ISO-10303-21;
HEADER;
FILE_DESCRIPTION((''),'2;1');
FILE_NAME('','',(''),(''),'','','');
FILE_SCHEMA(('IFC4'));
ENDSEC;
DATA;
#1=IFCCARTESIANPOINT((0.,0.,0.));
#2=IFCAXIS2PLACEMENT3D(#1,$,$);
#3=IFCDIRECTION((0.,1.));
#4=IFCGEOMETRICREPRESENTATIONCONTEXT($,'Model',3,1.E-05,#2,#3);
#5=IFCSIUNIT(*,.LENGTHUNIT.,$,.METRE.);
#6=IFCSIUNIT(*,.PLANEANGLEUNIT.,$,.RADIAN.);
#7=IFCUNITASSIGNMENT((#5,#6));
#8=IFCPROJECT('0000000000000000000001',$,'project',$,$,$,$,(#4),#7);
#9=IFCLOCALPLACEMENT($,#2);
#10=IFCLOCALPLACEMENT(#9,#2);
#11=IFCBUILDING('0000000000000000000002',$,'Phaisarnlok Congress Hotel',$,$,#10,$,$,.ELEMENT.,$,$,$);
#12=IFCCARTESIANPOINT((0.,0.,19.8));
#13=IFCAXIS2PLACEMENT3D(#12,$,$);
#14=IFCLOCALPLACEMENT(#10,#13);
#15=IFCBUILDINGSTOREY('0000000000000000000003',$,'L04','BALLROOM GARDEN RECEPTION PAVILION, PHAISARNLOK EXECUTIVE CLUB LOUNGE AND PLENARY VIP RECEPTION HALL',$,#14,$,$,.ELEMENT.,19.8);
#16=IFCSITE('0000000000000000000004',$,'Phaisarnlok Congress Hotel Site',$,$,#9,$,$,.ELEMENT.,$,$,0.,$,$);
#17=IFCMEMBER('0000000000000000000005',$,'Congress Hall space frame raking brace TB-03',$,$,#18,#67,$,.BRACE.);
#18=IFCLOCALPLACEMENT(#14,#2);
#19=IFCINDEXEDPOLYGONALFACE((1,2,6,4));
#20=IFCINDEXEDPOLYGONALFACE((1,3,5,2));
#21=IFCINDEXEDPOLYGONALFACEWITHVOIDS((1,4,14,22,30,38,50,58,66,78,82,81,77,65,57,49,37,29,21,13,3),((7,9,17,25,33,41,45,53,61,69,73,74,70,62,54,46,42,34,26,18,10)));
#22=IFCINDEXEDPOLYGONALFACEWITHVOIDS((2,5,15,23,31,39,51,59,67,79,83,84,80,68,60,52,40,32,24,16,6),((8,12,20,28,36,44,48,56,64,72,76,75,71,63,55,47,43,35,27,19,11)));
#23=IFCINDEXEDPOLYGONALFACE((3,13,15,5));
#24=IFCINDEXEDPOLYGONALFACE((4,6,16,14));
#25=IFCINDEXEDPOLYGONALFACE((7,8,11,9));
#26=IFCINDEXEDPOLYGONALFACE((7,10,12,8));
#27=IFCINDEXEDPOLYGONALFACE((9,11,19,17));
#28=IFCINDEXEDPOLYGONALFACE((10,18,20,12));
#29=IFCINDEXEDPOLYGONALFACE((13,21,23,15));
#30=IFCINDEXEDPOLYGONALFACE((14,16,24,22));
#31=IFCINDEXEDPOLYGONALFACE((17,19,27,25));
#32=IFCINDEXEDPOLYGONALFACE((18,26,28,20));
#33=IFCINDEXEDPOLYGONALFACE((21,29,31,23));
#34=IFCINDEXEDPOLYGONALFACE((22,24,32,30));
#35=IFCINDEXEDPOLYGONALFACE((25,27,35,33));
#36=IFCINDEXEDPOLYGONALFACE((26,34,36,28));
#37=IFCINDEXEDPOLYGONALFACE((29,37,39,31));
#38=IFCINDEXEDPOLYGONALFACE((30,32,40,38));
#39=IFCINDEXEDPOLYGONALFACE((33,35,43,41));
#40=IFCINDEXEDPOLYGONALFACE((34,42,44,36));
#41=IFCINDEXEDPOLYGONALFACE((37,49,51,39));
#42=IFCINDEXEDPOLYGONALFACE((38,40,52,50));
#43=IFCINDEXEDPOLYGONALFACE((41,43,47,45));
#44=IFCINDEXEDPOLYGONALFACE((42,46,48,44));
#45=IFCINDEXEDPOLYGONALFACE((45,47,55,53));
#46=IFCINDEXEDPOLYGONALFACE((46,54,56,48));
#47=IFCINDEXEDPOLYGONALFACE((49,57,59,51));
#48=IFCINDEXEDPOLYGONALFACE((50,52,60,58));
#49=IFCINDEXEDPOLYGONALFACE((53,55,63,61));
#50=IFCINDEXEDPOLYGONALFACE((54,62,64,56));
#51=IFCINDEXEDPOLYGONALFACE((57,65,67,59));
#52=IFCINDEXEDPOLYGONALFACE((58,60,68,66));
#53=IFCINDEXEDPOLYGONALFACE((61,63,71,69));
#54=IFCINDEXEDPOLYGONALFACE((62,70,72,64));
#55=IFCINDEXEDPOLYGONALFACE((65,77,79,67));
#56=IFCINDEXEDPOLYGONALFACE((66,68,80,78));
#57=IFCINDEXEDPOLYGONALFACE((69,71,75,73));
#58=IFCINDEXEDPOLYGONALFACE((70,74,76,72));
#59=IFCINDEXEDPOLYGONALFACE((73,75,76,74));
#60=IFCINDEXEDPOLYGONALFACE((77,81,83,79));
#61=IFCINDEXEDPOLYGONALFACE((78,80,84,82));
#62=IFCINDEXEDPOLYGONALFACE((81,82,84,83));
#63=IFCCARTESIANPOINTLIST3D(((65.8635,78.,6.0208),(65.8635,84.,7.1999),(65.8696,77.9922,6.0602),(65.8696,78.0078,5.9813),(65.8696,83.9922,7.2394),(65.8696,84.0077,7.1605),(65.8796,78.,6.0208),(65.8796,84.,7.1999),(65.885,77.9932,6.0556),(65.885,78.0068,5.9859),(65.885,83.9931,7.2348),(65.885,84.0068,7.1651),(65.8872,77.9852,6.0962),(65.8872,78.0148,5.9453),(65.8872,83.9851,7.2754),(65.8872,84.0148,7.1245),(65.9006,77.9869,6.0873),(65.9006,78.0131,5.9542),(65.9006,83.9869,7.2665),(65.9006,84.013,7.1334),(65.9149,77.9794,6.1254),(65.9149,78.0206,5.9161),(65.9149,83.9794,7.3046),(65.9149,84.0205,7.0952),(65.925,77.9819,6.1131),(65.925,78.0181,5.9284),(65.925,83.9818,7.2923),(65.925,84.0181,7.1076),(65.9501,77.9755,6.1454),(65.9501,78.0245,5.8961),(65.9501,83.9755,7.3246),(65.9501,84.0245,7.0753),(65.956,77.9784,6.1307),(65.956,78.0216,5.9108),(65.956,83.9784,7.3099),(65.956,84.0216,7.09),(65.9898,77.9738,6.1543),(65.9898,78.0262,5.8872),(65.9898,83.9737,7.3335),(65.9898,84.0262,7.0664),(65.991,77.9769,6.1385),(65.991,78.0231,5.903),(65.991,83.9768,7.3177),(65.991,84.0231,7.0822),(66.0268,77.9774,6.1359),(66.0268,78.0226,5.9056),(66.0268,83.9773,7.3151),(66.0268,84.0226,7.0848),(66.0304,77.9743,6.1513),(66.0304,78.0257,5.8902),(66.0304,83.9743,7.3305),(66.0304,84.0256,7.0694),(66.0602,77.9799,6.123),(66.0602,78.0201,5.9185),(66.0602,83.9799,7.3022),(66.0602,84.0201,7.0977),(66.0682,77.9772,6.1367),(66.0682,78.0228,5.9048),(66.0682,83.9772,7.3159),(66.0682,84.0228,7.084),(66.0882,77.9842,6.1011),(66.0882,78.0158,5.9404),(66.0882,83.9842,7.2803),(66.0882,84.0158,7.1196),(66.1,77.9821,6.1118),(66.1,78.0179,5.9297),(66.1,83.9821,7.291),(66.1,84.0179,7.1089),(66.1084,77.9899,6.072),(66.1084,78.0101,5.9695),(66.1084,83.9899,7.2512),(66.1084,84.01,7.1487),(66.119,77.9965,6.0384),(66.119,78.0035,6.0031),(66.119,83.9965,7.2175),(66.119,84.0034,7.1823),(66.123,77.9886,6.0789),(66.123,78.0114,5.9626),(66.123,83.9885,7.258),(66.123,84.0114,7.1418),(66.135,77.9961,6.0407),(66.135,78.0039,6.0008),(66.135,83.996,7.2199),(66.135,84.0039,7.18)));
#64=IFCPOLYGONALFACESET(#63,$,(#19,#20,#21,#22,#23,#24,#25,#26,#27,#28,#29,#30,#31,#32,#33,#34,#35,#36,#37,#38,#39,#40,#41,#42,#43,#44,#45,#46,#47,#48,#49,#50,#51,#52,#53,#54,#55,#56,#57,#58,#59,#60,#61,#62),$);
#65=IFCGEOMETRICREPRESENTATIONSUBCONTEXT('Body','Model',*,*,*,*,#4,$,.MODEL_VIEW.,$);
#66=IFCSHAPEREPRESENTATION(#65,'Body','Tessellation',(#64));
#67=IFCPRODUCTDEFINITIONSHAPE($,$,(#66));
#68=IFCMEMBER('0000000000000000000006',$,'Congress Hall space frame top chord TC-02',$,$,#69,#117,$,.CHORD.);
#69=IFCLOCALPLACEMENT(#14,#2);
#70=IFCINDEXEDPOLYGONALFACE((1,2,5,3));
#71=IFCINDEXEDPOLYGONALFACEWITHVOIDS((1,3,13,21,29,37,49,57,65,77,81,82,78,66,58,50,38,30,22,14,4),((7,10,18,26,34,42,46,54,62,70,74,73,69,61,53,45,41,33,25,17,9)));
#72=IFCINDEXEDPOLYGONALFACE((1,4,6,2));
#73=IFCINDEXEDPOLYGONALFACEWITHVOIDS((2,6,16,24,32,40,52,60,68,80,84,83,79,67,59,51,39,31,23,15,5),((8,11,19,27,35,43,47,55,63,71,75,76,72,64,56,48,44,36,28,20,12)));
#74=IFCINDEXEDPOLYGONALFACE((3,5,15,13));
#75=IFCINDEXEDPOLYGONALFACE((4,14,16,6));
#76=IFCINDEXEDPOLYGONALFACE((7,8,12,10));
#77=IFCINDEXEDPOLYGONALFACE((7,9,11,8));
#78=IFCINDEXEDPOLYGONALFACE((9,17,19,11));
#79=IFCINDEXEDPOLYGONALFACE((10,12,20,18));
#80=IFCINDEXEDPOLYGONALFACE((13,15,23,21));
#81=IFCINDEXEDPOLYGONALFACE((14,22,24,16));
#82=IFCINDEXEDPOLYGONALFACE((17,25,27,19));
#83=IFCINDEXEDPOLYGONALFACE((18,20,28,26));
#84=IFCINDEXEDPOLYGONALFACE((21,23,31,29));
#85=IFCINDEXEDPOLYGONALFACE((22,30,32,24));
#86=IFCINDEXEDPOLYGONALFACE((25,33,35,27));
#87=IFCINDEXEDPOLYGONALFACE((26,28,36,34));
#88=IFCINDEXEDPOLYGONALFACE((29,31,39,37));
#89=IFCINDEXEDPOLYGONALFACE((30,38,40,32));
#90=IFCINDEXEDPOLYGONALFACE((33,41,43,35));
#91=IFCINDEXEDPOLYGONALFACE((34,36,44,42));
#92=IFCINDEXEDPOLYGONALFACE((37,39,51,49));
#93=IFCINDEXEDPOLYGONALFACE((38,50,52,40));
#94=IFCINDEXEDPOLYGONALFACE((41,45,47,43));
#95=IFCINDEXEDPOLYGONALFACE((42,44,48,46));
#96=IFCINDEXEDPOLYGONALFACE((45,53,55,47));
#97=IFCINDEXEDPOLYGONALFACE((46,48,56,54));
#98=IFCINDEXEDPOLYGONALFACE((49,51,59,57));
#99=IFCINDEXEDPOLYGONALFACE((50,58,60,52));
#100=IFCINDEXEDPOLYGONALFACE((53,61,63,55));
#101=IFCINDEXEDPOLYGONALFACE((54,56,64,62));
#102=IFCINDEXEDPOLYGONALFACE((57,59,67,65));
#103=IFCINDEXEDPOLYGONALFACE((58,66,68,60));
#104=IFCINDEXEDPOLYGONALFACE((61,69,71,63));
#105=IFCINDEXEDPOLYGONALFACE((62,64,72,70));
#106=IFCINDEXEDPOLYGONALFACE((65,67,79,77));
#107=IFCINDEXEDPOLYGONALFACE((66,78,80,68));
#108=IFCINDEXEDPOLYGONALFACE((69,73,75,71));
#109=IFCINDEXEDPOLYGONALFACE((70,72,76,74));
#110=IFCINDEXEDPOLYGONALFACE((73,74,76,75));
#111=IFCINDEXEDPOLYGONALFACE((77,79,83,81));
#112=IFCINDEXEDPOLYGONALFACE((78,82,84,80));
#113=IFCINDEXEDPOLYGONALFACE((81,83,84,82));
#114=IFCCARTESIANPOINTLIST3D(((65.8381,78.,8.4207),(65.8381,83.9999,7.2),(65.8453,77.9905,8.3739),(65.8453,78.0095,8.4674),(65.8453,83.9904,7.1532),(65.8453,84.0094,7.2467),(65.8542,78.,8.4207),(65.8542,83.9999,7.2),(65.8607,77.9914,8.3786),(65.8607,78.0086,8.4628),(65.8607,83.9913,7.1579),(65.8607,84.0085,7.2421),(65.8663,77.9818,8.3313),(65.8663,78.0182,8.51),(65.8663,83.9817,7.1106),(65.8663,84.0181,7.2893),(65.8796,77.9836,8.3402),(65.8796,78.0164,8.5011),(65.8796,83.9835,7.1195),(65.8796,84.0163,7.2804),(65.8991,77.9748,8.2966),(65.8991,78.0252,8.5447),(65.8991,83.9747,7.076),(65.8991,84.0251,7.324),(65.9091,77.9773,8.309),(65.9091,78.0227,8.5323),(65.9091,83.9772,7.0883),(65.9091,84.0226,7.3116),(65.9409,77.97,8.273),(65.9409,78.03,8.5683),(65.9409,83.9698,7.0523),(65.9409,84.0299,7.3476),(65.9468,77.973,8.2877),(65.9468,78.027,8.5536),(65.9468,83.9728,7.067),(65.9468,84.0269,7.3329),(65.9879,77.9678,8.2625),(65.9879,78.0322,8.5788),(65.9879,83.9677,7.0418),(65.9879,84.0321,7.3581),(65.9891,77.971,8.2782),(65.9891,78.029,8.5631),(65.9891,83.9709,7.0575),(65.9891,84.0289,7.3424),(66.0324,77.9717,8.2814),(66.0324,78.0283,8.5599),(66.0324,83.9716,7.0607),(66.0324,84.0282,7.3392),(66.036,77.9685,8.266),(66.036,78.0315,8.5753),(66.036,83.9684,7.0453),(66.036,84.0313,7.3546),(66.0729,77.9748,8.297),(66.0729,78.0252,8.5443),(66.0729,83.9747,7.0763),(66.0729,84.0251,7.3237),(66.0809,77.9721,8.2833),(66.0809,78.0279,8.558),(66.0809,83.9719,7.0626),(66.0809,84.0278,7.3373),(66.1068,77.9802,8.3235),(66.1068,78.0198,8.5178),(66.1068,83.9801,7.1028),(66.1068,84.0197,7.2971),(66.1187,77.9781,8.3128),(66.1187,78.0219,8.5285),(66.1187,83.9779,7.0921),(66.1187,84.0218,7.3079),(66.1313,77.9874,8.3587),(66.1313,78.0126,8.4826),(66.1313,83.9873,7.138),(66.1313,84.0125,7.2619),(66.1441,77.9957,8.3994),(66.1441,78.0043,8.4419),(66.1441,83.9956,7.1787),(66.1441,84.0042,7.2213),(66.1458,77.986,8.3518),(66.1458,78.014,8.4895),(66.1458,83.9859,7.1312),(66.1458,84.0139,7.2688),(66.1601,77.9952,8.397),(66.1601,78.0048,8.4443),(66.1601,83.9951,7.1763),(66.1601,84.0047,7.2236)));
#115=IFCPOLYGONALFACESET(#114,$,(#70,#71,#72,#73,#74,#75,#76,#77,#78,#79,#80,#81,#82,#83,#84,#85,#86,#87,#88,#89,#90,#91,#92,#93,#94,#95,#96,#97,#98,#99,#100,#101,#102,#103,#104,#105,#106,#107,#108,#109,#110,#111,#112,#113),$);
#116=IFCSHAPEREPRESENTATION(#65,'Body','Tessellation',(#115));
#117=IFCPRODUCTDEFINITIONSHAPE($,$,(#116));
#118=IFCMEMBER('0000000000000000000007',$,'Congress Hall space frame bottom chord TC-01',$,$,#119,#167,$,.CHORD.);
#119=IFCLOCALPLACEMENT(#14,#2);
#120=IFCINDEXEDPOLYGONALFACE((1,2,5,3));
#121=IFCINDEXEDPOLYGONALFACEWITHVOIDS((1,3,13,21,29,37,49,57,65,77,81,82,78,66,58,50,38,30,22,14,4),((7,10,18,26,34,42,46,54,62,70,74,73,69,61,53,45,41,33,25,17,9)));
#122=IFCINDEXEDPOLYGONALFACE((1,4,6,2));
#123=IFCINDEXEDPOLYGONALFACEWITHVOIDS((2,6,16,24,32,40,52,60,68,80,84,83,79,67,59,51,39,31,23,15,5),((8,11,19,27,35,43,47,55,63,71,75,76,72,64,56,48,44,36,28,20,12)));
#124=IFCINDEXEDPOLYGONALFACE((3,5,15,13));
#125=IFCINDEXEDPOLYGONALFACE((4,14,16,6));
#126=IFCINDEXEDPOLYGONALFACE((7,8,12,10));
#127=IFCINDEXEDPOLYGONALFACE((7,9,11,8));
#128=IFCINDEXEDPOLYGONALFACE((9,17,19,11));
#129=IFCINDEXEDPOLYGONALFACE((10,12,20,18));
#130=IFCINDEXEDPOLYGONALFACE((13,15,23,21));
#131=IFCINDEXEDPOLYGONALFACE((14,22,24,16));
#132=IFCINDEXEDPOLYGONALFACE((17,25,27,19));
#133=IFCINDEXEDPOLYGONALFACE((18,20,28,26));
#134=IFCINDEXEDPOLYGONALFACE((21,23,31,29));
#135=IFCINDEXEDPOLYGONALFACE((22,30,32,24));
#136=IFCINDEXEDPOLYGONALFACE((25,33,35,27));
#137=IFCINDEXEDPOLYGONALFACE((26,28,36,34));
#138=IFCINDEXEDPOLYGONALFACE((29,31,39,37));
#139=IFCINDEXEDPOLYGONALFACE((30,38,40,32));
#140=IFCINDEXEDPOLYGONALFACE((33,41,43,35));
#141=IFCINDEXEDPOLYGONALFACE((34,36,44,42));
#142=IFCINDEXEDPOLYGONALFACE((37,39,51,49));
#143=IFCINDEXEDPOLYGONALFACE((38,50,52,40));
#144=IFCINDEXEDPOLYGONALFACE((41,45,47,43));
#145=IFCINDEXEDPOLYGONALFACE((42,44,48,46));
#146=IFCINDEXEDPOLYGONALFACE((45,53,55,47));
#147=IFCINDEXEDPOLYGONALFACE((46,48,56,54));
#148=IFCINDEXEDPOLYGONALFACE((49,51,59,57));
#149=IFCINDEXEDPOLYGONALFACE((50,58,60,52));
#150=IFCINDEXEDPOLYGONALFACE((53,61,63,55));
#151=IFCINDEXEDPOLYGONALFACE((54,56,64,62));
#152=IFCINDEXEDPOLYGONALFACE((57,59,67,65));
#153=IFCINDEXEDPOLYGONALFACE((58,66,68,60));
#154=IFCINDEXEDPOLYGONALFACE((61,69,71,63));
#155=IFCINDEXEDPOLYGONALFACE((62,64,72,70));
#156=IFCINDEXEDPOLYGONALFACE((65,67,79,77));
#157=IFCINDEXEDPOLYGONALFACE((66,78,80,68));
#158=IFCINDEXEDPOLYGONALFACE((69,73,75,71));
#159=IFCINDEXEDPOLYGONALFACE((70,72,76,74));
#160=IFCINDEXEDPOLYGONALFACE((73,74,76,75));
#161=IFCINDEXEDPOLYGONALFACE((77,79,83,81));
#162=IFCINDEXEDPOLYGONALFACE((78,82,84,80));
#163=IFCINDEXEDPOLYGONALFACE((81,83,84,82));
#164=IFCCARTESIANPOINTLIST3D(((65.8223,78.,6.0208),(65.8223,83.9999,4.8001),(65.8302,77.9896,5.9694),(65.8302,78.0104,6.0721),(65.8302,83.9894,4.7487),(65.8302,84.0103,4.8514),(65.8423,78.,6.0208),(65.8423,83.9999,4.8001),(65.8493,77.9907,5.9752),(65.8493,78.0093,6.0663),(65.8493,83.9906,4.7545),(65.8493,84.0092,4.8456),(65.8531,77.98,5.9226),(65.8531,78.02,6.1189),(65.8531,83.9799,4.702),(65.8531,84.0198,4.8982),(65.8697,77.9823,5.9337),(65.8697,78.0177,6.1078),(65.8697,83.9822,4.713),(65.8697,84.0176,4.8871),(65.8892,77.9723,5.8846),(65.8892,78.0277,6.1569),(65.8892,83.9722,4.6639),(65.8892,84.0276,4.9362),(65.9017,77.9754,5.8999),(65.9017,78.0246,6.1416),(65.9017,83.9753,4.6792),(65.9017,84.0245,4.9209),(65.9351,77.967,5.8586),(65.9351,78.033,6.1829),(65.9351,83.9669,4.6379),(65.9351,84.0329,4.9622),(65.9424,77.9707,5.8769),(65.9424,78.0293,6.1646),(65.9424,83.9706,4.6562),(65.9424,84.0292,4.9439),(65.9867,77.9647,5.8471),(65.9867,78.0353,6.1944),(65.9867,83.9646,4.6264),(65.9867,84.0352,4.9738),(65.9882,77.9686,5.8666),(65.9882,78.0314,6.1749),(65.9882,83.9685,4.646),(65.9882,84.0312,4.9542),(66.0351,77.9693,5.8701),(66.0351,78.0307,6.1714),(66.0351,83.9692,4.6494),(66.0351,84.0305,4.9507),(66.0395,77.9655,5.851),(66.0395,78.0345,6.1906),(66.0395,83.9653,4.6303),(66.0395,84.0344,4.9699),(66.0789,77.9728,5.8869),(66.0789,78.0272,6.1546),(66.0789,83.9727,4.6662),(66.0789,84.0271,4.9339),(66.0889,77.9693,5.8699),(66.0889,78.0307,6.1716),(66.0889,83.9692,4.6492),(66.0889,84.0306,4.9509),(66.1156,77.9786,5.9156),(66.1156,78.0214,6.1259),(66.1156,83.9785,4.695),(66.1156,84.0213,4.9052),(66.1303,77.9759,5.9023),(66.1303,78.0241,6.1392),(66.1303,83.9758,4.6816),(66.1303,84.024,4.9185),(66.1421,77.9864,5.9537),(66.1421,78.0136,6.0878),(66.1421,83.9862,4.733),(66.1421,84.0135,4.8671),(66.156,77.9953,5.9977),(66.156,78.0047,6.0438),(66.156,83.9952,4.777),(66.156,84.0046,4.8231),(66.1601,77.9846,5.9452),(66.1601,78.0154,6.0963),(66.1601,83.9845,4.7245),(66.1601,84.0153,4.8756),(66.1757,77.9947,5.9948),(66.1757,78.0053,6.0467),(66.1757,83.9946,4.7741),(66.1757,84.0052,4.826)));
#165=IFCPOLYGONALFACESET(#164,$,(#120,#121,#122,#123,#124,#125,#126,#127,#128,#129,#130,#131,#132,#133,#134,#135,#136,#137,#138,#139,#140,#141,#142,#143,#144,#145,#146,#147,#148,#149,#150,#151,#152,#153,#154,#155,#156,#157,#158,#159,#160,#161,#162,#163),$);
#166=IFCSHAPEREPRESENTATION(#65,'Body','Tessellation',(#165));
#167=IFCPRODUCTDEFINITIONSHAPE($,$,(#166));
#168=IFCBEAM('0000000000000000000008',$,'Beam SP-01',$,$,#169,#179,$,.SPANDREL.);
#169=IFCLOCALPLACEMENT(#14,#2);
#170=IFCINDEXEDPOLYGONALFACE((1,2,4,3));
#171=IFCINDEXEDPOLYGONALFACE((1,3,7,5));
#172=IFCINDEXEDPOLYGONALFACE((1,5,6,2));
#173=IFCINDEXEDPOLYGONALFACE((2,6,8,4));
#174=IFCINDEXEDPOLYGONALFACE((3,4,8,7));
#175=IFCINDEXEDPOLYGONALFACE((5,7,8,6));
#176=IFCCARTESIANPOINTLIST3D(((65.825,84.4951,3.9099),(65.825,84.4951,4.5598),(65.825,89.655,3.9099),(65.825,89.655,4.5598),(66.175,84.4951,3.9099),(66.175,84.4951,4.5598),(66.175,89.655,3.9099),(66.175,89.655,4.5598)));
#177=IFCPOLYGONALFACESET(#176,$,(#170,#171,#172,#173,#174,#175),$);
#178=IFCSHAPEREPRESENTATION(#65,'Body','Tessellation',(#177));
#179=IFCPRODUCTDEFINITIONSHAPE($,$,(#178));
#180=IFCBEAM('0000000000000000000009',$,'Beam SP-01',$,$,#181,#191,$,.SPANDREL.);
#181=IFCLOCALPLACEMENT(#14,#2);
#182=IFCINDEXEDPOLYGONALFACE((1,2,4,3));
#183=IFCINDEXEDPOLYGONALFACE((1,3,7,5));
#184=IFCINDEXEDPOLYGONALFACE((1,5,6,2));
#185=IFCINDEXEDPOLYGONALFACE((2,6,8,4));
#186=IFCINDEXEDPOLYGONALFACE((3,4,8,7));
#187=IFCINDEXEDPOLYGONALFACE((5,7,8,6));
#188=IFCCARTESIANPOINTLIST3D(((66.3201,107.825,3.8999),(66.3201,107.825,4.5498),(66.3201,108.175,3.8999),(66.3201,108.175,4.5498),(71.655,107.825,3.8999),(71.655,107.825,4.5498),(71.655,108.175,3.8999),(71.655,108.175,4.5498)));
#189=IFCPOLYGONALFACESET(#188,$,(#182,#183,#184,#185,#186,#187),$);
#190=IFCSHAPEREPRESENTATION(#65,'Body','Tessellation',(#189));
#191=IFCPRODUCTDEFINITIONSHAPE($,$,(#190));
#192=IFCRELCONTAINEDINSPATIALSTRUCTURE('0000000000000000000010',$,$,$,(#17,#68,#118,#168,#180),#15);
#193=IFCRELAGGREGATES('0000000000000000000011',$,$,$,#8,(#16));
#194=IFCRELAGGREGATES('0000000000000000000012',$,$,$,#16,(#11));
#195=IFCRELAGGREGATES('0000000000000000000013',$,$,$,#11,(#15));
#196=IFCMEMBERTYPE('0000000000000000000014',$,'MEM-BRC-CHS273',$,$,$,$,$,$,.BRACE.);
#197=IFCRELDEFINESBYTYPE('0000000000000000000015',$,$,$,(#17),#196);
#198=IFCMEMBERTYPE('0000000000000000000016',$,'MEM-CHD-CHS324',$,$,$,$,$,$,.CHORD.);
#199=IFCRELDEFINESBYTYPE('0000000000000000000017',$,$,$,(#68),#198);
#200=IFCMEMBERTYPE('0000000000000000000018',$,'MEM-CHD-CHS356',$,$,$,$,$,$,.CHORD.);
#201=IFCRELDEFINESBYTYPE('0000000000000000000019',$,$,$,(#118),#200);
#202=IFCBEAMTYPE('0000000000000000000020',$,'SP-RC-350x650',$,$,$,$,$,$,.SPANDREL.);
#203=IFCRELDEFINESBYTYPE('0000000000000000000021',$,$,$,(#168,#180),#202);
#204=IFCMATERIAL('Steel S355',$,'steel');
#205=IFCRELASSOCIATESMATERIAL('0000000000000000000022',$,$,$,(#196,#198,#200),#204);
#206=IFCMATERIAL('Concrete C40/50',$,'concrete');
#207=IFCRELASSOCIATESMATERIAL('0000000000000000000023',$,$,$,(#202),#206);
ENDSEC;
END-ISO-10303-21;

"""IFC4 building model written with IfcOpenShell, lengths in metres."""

from ifc_helpers import new_model, si_unit, direction, frame, origin, origin_2d, place, context, subcontext, project, spatial, rectangle, hollow_circle, extrude, material, material_profile, profile_set, type_object, element, save


model = new_model("IFC4")

# Units and contexts
model_context = context("Model", 3, precision=1e-05, world=origin(), true_north=direction((0.0, 1.0)))
body_context = subcontext(model_context, "Body", "Model", "MODEL_VIEW")
ifc_project = project(units=[si_unit("LENGTHUNIT", "METRE"), si_unit("PLANEANGLEUNIT", "RADIAN")], contexts=[model_context])

# Site, building, storey
site_placement = place(None, origin())
site = spatial("IfcSite", under=ifc_project, at=site_placement, Name="Phaisarnlok Congress Hotel Site", CompositionType="ELEMENT", RefElevation=0.0)
building_placement = place(site_placement, origin())
building = spatial("IfcBuilding", under=site, at=building_placement, Name="Phaisarnlok Congress Hotel", CompositionType="ELEMENT")
storey_placement = place(building_placement, frame((0.0, 0.0, 19.8)))
storey = spatial("IfcBuildingStorey", under=building, at=storey_placement, Name="L04", Description="BALLROOM GARDEN RECEPTION PAVILION, PHAISARNLOK EXECUTIVE CLUB LOUNGE AND PLENARY VIP RECEPTION HALL", CompositionType="ELEMENT", Elevation=19.8)

# Members
ifc_material_1 = material(Name="Steel S355", Category="steel")
ifc_material_profile_1 = material_profile(ifc_material_1, hollow_circle(Radius=0.1365, WallThickness=0.0161, at=origin_2d()), Name="CHS 273x16")
ifc_profile_set_1 = profile_set([ifc_material_profile_1], Name="Steel S355")
member_type_1 = type_object("IfcMemberType", Name="MEM-BRC-CHS273", PredefinedType="BRACE", material=ifc_profile_set_1)
member_1_placement = place(storey_placement, frame((66.0, 78.0, 6.0208), z_axis=(0.0, 0.981229, 0.192844), x_axis=(-1.0, 0.0, 0.0)))
element("IfcMember", 1, at=member_1_placement, inside=storey, type_object=member_type_1, Name="Congress Hall space frame raking brace TB-03", PredefinedType="BRACE", context=body_context, shape_type="SweptSolid", body=[
    extrude(hollow_circle(Radius=0.1365, WallThickness=0.0161, at=origin_2d()), origin(), (0.0, 0.0, 1.0), 6.1147),
])
ifc_material_profile_2 = material_profile(ifc_material_1, hollow_circle(Radius=0.1619, WallThickness=0.0161, at=origin_2d()), Name="CHS 323.9x16")
ifc_profile_set_2 = profile_set([ifc_material_profile_2], Name="Steel S355")
member_type_2 = type_object("IfcMemberType", Name="MEM-CHD-CHS324", PredefinedType="CHORD", material=ifc_profile_set_2)
member_2_placement = place(storey_placement, frame((66.0, 78.0, 8.4207), z_axis=(0.0, 0.979925, -0.199366), x_axis=(-1.0, 0.0, 0.0)))
element("IfcMember", 2, at=member_2_placement, inside=storey, type_object=member_type_2, Name="Congress Hall space frame top chord TC-02", PredefinedType="CHORD", context=body_context, shape_type="SweptSolid", body=[
    extrude(hollow_circle(Radius=0.1619, WallThickness=0.0161, at=origin_2d()), origin(), (0.0, 0.0, 1.0), 6.1228),
])
ifc_material_profile_3 = material_profile(ifc_material_1, hollow_circle(Radius=0.1777, WallThickness=0.02, at=origin_2d()), Name="CHS 355.6x20")
ifc_profile_set_3 = profile_set([ifc_material_profile_3], Name="Steel S355")
member_type_3 = type_object("IfcMemberType", Name="MEM-CHD-CHS356", PredefinedType="CHORD", material=ifc_profile_set_3)
member_3_placement = place(storey_placement, frame((66.0, 78.0, 6.0208), z_axis=(0.0, 0.979925, -0.199366), x_axis=(-1.0, 0.0, 0.0)))
element("IfcMember", 3, at=member_3_placement, inside=storey, type_object=member_type_3, Name="Congress Hall space frame bottom chord TC-01", PredefinedType="CHORD", context=body_context, shape_type="SweptSolid", body=[
    extrude(hollow_circle(Radius=0.1777, WallThickness=0.02, at=origin_2d()), origin(), (0.0, 0.0, 1.0), 6.1228),
])

# Beams
ifc_material_2 = material(Name="Concrete C40/50", Category="concrete")
ifc_material_profile_4 = material_profile(ifc_material_2, rectangle(XDim=0.3501, YDim=0.6499, at=origin_2d()), Name="RC 350x650")
ifc_profile_set_4 = profile_set([ifc_material_profile_4], Name="Concrete C40/50")
beam_type = type_object("IfcBeamType", Name="SP-RC-350x650", PredefinedType="SPANDREL", material=ifc_profile_set_4)
beam_1_placement = place(storey_placement, frame((66.0, 84.4951, 4.2349), z_axis=(0.0, 1.0, 0.0), x_axis=(-1.0, 0.0, 0.0)))
element("IfcBeam", 4, at=beam_1_placement, inside=storey, type_object=beam_type, Name="Beam SP-01", PredefinedType="SPANDREL", context=body_context, shape_type="SweptSolid", body=[
    extrude(rectangle(XDim=0.3501, YDim=0.6499, at=origin_2d()), origin(), (0.0, 0.0, 1.0), 5.1599),
])
beam_2_placement = place(storey_placement, frame((66.3201, 108.0, 4.2249), z_axis=(1.0, 0.0, 0.0), x_axis=(0.0, 1.0, 0.0)))
element("IfcBeam", 5, at=beam_2_placement, inside=storey, type_object=beam_type, Name="Beam SP-01", PredefinedType="SPANDREL", context=body_context, shape_type="SweptSolid", body=[
    extrude(rectangle(XDim=0.3501, YDim=0.6499, at=origin_2d()), origin(), (0.0, 0.0, 1.0), 5.335),
])

save(model, "model.ifc")
